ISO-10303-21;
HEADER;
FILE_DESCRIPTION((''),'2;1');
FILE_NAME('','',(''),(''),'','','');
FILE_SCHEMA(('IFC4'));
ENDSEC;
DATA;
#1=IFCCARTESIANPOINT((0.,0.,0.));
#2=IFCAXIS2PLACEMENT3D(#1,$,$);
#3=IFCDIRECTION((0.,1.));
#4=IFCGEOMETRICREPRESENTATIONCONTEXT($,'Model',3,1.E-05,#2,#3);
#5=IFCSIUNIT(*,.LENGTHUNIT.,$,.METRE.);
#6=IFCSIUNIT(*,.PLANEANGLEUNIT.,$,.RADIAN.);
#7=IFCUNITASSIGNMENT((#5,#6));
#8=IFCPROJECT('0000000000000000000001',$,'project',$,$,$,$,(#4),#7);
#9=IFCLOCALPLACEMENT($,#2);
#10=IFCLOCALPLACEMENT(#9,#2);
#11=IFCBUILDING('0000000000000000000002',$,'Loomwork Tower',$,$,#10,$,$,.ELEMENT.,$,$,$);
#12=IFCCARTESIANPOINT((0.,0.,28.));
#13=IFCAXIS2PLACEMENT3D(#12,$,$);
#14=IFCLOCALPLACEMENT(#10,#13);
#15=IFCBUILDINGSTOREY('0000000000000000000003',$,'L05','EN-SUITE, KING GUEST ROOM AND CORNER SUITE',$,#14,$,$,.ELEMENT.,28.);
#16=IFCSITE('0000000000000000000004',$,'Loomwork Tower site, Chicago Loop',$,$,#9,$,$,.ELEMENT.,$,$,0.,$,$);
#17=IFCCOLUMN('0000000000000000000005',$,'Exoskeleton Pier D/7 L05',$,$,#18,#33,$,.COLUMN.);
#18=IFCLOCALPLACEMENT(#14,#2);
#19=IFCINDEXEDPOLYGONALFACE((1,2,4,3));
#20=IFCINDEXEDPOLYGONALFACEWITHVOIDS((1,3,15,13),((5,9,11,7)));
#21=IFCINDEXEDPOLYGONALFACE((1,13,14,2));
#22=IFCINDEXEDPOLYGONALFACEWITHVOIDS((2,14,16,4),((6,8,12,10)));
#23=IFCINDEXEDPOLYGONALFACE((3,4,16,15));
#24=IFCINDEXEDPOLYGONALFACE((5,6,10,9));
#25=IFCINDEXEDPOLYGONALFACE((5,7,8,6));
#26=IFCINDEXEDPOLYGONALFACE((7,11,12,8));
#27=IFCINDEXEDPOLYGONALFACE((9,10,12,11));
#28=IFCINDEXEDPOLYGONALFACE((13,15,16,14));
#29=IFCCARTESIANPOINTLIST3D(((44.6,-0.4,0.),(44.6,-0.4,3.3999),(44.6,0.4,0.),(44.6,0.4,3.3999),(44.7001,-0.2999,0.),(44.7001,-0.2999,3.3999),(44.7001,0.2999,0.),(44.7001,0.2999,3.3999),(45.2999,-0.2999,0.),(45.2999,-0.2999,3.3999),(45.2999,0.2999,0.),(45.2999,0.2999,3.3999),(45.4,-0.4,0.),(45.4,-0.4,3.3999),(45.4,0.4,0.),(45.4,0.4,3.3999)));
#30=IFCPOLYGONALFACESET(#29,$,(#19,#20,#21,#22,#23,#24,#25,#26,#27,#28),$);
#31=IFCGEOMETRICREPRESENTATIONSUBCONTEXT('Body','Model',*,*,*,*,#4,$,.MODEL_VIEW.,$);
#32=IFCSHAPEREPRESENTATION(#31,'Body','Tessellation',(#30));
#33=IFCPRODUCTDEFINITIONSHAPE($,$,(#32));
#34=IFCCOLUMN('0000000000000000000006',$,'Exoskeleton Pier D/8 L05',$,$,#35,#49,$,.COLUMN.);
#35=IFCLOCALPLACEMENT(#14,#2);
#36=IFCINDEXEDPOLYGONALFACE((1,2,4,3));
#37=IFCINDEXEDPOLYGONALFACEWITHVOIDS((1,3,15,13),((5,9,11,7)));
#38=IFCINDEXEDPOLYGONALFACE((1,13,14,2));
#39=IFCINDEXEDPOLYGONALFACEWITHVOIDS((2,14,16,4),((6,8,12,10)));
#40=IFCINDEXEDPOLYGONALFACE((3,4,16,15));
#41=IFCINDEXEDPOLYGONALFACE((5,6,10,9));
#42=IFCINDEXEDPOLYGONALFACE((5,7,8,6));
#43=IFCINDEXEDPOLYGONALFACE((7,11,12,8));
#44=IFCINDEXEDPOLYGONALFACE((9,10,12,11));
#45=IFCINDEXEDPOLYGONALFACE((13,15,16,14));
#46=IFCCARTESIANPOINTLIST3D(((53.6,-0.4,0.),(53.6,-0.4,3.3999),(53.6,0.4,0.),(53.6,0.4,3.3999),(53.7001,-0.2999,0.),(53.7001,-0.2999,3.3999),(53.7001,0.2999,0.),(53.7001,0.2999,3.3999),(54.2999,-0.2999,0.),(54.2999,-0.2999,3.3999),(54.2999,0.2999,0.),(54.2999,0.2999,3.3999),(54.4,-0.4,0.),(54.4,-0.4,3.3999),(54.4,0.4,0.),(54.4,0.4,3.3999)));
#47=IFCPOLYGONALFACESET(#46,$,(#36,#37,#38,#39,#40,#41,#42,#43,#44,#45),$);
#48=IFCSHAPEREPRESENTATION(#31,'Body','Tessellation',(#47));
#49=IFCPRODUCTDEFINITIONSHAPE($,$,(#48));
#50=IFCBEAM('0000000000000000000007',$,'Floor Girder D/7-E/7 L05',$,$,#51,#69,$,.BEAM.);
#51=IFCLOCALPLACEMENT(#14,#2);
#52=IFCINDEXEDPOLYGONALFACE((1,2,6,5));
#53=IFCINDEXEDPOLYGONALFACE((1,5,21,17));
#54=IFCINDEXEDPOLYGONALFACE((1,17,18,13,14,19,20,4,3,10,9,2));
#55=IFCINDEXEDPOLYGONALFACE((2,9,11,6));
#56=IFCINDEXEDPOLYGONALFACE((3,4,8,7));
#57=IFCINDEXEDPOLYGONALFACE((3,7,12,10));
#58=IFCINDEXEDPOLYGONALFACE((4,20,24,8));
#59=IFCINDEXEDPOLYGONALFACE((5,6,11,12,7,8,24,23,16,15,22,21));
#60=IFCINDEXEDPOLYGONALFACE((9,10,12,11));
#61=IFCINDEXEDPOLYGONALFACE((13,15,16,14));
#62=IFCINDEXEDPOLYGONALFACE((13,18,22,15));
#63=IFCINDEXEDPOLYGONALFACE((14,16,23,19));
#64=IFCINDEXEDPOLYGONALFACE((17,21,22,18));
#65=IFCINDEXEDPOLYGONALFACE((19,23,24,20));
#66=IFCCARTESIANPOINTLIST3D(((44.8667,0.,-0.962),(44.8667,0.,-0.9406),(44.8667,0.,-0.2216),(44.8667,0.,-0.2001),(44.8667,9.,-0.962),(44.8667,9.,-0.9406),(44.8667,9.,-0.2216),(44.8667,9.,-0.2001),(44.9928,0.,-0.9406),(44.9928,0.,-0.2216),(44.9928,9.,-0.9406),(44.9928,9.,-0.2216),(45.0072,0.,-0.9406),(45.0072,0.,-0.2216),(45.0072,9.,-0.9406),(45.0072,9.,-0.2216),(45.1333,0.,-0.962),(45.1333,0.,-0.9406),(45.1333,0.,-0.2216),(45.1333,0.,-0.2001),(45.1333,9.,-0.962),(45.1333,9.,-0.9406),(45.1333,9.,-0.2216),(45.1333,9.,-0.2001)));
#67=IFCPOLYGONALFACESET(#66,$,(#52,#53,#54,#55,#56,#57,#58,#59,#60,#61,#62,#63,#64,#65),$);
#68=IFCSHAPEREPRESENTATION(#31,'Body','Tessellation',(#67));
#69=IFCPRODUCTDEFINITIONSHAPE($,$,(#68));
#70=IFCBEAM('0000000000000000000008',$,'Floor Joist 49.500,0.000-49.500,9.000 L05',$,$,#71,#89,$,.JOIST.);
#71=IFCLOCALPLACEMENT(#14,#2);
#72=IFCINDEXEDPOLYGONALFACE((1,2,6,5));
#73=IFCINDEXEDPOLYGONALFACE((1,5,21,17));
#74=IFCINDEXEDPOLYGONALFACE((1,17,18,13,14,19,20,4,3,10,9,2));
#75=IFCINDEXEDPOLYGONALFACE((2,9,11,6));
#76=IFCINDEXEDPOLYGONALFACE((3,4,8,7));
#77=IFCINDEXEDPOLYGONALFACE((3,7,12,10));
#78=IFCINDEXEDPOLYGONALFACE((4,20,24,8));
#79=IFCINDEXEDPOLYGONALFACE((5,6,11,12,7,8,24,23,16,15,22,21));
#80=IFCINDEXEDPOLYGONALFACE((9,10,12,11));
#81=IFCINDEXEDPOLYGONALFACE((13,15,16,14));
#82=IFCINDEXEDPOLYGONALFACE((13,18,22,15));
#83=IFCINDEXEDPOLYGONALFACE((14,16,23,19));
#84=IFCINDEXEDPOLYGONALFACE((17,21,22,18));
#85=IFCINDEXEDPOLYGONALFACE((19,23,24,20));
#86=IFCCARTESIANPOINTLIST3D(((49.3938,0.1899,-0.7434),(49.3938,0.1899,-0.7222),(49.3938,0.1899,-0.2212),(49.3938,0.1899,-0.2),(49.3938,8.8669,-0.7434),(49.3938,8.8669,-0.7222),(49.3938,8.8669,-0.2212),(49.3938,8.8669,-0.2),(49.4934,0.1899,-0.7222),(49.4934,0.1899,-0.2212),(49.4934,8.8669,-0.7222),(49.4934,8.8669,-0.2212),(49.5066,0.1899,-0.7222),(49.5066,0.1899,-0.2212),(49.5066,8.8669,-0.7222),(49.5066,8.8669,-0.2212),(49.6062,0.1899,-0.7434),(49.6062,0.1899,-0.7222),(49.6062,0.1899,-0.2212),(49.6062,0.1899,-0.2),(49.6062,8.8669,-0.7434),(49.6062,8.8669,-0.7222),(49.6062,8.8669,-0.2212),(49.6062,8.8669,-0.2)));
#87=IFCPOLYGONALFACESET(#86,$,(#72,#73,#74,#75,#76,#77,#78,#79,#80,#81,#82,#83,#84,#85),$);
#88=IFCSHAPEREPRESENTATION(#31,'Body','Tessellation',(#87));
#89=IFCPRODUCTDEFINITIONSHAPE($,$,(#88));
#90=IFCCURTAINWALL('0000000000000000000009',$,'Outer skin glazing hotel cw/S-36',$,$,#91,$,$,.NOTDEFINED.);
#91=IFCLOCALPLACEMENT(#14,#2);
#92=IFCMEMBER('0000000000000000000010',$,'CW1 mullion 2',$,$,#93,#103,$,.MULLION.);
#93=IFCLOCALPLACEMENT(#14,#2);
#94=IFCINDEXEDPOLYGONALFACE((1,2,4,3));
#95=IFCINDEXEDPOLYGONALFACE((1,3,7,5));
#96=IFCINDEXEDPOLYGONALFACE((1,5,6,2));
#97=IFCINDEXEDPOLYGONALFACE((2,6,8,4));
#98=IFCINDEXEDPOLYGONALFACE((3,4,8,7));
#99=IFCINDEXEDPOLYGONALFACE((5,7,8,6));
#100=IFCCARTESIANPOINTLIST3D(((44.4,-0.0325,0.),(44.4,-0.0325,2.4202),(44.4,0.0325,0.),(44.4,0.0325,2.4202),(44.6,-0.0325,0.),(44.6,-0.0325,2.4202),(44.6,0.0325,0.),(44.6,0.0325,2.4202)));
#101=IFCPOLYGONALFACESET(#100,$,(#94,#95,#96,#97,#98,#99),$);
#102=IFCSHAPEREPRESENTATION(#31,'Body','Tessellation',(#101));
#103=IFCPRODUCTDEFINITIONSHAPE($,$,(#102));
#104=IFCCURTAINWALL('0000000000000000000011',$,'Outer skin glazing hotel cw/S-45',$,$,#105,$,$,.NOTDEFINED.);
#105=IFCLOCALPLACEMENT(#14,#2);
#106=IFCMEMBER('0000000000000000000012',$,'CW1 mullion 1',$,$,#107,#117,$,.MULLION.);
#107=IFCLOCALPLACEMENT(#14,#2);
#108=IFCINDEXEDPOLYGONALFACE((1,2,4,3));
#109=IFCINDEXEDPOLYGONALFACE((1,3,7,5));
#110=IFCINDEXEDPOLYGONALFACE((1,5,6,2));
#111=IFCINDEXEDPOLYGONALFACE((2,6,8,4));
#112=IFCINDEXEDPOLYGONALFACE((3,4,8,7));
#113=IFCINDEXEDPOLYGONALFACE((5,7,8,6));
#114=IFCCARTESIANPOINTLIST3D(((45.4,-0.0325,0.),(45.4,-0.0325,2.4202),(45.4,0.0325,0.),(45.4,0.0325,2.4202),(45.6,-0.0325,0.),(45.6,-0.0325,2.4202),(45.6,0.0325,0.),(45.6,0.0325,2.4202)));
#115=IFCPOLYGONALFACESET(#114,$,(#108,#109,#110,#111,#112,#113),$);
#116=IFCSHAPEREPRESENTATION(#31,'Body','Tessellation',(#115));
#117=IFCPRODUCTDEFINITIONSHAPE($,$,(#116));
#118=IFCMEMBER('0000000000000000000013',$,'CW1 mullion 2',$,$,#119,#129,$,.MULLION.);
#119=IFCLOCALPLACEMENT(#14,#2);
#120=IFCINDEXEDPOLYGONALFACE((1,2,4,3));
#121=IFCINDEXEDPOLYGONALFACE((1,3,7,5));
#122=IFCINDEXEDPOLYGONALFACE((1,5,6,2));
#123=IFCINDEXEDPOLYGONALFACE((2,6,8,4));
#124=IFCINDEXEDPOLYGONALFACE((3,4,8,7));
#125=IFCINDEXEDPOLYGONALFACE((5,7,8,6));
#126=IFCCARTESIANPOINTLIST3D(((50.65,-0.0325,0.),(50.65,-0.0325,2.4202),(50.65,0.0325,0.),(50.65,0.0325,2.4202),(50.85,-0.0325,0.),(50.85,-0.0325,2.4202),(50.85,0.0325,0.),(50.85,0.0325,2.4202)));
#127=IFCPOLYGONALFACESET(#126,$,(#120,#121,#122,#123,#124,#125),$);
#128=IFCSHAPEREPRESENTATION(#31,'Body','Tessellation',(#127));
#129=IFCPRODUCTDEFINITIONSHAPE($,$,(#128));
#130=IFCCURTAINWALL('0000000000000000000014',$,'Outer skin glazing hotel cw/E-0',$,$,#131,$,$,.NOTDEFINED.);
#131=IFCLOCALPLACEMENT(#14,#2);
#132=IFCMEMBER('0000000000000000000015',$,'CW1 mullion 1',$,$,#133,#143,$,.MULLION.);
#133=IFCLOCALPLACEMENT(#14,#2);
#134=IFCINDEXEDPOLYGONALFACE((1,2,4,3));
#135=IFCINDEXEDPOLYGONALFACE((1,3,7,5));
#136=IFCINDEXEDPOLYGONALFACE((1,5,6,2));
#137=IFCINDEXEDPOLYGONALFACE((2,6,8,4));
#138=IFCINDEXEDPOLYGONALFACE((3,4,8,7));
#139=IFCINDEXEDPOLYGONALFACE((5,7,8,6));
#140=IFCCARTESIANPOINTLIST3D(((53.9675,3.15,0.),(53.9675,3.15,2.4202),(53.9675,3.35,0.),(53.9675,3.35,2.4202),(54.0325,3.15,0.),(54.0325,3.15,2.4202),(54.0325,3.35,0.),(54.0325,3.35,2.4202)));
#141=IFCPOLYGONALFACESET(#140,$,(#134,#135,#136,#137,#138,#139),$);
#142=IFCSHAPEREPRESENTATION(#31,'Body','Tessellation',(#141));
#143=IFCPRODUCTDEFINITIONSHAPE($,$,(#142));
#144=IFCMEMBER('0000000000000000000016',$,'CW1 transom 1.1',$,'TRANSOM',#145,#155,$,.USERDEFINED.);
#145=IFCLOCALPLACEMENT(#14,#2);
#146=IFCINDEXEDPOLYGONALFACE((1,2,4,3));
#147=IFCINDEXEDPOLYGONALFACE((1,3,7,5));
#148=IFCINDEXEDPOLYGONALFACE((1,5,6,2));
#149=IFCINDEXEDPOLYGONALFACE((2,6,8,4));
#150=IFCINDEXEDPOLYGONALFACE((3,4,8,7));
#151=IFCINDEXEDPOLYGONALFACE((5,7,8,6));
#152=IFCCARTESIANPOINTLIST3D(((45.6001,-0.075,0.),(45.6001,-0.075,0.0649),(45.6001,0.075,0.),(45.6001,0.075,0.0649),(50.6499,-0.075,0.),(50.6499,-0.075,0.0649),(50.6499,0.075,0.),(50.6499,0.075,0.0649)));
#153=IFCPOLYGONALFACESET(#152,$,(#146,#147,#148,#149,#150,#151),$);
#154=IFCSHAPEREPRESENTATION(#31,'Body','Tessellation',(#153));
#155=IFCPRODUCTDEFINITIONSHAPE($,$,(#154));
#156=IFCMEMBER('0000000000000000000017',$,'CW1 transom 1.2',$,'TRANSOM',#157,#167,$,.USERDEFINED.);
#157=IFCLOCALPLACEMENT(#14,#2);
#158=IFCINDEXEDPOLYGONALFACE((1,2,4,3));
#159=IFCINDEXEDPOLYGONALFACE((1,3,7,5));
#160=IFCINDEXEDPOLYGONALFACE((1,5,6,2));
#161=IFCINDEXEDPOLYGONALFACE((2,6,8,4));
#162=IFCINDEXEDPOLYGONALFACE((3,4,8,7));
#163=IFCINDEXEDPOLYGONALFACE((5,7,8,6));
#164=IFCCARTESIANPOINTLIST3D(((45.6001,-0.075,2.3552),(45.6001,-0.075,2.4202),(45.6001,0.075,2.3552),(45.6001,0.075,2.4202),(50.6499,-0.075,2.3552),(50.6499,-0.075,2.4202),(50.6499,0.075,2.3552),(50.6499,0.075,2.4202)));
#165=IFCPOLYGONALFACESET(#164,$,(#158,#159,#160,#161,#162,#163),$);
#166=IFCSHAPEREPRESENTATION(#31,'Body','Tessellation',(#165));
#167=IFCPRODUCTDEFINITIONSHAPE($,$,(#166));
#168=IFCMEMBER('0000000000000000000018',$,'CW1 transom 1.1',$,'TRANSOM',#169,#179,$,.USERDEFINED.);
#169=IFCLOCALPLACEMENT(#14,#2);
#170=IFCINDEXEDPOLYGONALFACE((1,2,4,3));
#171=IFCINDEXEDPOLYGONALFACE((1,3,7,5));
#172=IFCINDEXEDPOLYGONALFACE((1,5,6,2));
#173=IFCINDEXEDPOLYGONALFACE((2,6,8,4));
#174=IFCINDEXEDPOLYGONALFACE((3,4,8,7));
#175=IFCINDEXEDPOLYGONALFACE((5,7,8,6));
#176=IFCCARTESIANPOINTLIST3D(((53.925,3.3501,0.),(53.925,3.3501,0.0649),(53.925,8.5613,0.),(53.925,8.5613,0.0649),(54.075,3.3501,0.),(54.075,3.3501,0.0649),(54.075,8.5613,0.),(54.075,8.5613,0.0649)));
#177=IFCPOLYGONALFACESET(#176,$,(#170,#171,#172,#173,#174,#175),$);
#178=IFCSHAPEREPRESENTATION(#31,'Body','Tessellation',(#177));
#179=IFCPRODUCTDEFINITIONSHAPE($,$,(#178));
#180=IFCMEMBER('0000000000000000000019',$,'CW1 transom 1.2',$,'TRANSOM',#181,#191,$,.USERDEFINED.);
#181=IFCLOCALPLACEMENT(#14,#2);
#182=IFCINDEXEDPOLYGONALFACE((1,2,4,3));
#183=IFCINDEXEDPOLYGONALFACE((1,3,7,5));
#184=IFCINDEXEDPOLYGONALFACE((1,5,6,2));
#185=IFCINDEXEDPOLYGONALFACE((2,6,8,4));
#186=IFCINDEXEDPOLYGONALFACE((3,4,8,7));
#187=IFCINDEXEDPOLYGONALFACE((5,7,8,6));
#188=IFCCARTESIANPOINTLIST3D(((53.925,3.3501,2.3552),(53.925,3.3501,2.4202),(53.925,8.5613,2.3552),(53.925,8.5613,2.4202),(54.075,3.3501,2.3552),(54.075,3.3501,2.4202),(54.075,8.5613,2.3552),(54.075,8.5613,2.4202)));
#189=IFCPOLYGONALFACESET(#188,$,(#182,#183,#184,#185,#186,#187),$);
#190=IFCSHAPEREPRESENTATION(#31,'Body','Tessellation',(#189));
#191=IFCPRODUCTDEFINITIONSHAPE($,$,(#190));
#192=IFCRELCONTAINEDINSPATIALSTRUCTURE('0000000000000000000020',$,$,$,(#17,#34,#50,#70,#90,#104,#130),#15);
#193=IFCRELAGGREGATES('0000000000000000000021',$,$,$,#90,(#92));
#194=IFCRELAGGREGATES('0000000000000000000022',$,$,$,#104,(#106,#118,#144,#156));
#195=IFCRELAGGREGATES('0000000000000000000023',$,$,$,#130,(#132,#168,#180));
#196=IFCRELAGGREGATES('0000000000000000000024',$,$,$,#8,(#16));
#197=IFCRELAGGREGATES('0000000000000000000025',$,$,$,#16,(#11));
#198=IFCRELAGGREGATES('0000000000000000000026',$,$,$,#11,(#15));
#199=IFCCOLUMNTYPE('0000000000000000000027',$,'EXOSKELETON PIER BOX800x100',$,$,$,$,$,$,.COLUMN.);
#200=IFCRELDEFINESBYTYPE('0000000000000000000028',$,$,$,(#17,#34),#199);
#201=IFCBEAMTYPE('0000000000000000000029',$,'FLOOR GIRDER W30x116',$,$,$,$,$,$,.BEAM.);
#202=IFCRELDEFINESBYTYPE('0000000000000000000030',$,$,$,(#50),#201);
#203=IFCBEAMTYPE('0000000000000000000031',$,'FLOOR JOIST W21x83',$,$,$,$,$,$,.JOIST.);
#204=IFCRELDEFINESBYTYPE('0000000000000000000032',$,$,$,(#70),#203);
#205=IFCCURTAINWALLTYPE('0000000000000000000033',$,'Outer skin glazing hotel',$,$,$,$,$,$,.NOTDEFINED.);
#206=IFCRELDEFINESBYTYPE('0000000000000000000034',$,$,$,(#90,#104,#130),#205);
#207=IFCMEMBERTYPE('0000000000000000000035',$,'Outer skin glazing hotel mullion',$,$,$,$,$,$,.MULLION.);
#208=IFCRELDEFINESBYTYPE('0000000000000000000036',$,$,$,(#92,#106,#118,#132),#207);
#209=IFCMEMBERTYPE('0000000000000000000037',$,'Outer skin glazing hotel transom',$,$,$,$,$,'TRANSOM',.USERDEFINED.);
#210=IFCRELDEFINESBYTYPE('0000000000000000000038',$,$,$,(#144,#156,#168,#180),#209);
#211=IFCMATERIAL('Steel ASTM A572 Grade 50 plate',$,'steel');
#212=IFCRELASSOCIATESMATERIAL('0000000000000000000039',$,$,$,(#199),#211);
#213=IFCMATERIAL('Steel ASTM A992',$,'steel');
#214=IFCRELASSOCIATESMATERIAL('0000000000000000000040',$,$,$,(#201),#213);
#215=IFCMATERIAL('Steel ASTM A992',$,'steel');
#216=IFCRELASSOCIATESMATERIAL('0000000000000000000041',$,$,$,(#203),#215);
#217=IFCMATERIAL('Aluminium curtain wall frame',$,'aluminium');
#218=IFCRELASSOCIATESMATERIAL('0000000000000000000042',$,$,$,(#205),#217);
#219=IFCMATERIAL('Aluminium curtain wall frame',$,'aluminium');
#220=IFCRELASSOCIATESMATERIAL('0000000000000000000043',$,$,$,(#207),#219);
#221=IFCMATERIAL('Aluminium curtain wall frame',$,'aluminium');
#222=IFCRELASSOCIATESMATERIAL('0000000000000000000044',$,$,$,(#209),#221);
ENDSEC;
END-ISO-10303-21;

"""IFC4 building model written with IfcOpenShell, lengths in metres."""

from ifc_helpers import new_model, si_unit, direction, frame, origin, origin_2d, place, context, subcontext, project, spatial, rectangle, hollow_rectangle, i_section, extrude, material, material_profile, profile_set, type_object, element, aggregate, save


model = new_model("IFC4")

# Units and contexts
model_context = context("Model", 3, precision=1e-05, world=origin(), true_north=direction((0.0, 1.0)))
body_context = subcontext(model_context, "Body", "Model", "MODEL_VIEW")
ifc_project = project(units=[si_unit("LENGTHUNIT", "METRE"), si_unit("PLANEANGLEUNIT", "RADIAN")], contexts=[model_context])

# Site, building, storey
site_placement = place(None, origin())
site = spatial("IfcSite", under=ifc_project, at=site_placement, Name="Loomwork Tower site, Chicago Loop", CompositionType="ELEMENT", RefElevation=0.0)
building_placement = place(site_placement, origin())
building = spatial("IfcBuilding", under=site, at=building_placement, Name="Loomwork Tower", CompositionType="ELEMENT")
storey_placement = place(building_placement, frame((0.0, 0.0, 28.0)))
storey = spatial("IfcBuildingStorey", under=building, at=storey_placement, Name="L05", Description="EN-SUITE, KING GUEST ROOM AND CORNER SUITE", CompositionType="ELEMENT", Elevation=28.0)

# Columns
ifc_material_1 = material(Name="Steel ASTM A572 Grade 50 plate", Category="steel")
ifc_material_profile_1 = material_profile(ifc_material_1, hollow_rectangle(XDim=0.8, YDim=0.8, WallThickness=0.1001, at=origin_2d()), Name="BOX800x100")
ifc_profile_set_1 = profile_set([ifc_material_profile_1], Name="Steel ASTM A572 Grade 50 plate")
column_type = type_object("IfcColumnType", Name="EXOSKELETON PIER BOX800x100", PredefinedType="COLUMN", material=ifc_profile_set_1)
for number, where, z_axis, x_axis, name in (
    (1, (45.0, 0.0, 0.0), (0.0, 0.0, 1.0), (1.0, 0.0, 0.0), "Exoskeleton Pier D/7 L05"),
    (2, (54.0, 0.0, 0.0), (0.0, 0.0, 1.0), (1.0, 0.0, 0.0), "Exoskeleton Pier D/8 L05"),
):
    element("IfcColumn", number, at=place(storey_placement, frame(where, z_axis=z_axis, x_axis=x_axis)), inside=storey, type_object=column_type, Name=name, PredefinedType="COLUMN", context=body_context, shape_type="SweptSolid", body=[
        extrude(hollow_rectangle(XDim=0.8, YDim=0.8, WallThickness=0.1001, at=origin_2d()), origin(), (0.0, 0.0, 1.0), 3.3999),
    ])

# Beams
ifc_material_2 = material(Name="Steel ASTM A992", Category="steel")
ifc_material_profile_2 = material_profile(ifc_material_2, i_section(OverallWidth=0.2666, OverallDepth=0.762, WebThickness=0.0144, FlangeThickness=0.0215, at=origin_2d()), Name="W30x116")
ifc_profile_set_2 = profile_set([ifc_material_profile_2], Name="Steel ASTM A992")
beam_type_1 = type_object("IfcBeamType", Name="FLOOR GIRDER W30x116", PredefinedType="BEAM", material=ifc_profile_set_2)
beam_1_placement = place(storey_placement, frame((45.0, 0.0, -0.5811), z_axis=(0.0, 1.0, 0.0), x_axis=(-1.0, 0.0, 0.0)))
element("IfcBeam", 3, at=beam_1_placement, inside=storey, type_object=beam_type_1, Name="Floor Girder D/7-E/7 L05", PredefinedType="BEAM", context=body_context, shape_type="SweptSolid", body=[
    extrude(i_section(OverallWidth=0.2666, OverallDepth=0.762, WebThickness=0.0144, FlangeThickness=0.0215, at=origin_2d()), origin(), (0.0, 0.0, 1.0), 9.0),
])
ifc_material_3 = material(Name="Steel ASTM A992", Category="steel")
ifc_material_profile_3 = material_profile(ifc_material_3, i_section(OverallWidth=0.2124, OverallDepth=0.5435, WebThickness=0.0132, FlangeThickness=0.0212, at=origin_2d()), Name="W21x83")
ifc_profile_set_3 = profile_set([ifc_material_profile_3], Name="Steel ASTM A992")
beam_type_2 = type_object("IfcBeamType", Name="FLOOR JOIST W21x83", PredefinedType="JOIST", material=ifc_profile_set_3)
beam_2_placement = place(storey_placement, frame((49.5, 0.1899, -0.4717), z_axis=(0.0, 1.0, 0.0), x_axis=(-1.0, 0.0, 0.0)))
element("IfcBeam", 4, at=beam_2_placement, inside=storey, type_object=beam_type_2, Name="Floor Joist 49.500,0.000-49.500,9.000 L05", PredefinedType="JOIST", context=body_context, shape_type="SweptSolid", body=[
    extrude(i_section(OverallWidth=0.2124, OverallDepth=0.5435, WebThickness=0.0132, FlangeThickness=0.0212, at=origin_2d()), origin(), (0.0, 0.0, 1.0), 8.677),
])

# Curtain wall, member
ifc_material_4 = material(Name="Aluminium curtain wall frame", Category="aluminium")
curtain_wall_type = type_object("IfcCurtainWallType", Name="Outer skin glazing hotel", PredefinedType="NOTDEFINED", material=ifc_material_4)
curtain_wall_1_placement = place(storey_placement, origin())
curtain_wall_1 = element("IfcCurtainWall", 5, at=curtain_wall_1_placement, inside=storey, type_object=curtain_wall_type, Name="Outer skin glazing hotel cw/S-36", PredefinedType="NOTDEFINED")
ifc_material_5 = material(Name="Aluminium curtain wall frame", Category="aluminium")
ifc_material_profile_4 = material_profile(ifc_material_5, rectangle(XDim=0.0649, YDim=0.2, at=origin_2d()), Name="AL 65x200")
ifc_profile_set_4 = profile_set([ifc_material_profile_4], Name="Aluminium curtain wall frame")
member_type_1 = type_object("IfcMemberType", Name="Outer skin glazing hotel mullion", PredefinedType="MULLION", material=ifc_profile_set_4)
member_1_placement = place(storey_placement, frame((44.5, 0.0, 0.0), z_axis=(0.0, 0.0, 1.0), x_axis=(0.0, 1.0, 0.0)))
member_1 = element("IfcMember", 6, at=member_1_placement, type_object=member_type_1, Name="CW1 mullion 2", PredefinedType="MULLION", context=body_context, shape_type="SweptSolid", body=[
    extrude(rectangle(XDim=0.0649, YDim=0.2, at=origin_2d()), origin(), (0.0, 0.0, 1.0), 2.4202),
])
aggregate(curtain_wall_1, [member_1])

# Curtain wall, members
curtain_wall_2_placement = place(storey_placement, origin())
curtain_wall_2 = element("IfcCurtainWall", 7, at=curtain_wall_2_placement, inside=storey, type_object=curtain_wall_type, Name="Outer skin glazing hotel cw/S-45", PredefinedType="NOTDEFINED")
member_2_placement = place(storey_placement, frame((45.5, 0.0, 0.0), z_axis=(0.0, 0.0, 1.0), x_axis=(0.0, 1.0, 0.0)))
member_2 = element("IfcMember", 8, at=member_2_placement, type_object=member_type_1, Name="CW1 mullion 1", PredefinedType="MULLION", context=body_context, shape_type="SweptSolid", body=[
    extrude(rectangle(XDim=0.0649, YDim=0.2, at=origin_2d()), origin(), (0.0, 0.0, 1.0), 2.4202),
])
member_3_placement = place(storey_placement, frame((50.75, 0.0, 0.0), z_axis=(0.0, 0.0, 1.0), x_axis=(0.0, 1.0, 0.0)))
member_3 = element("IfcMember", 9, at=member_3_placement, type_object=member_type_1, Name="CW1 mullion 2", PredefinedType="MULLION", context=body_context, shape_type="SweptSolid", body=[
    extrude(rectangle(XDim=0.0649, YDim=0.2, at=origin_2d()), origin(), (0.0, 0.0, 1.0), 2.4202),
])

# Curtain wall, member
curtain_wall_3_placement = place(storey_placement, origin())
curtain_wall_3 = element("IfcCurtainWall", 10, at=curtain_wall_3_placement, inside=storey, type_object=curtain_wall_type, Name="Outer skin glazing hotel cw/E-0", PredefinedType="NOTDEFINED")
member_4_placement = place(storey_placement, frame((54.0, 3.25, 0.0), z_axis=(0.0, 0.0, 1.0), x_axis=(-1.0, 0.0, 0.0)))
member_4 = element("IfcMember", 11, at=member_4_placement, type_object=member_type_1, Name="CW1 mullion 1", PredefinedType="MULLION", context=body_context, shape_type="SweptSolid", body=[
    extrude(rectangle(XDim=0.0649, YDim=0.2, at=origin_2d()), origin(), (0.0, 0.0, 1.0), 2.4202),
])

# Members
ifc_material_6 = material(Name="Aluminium curtain wall frame", Category="aluminium")
ifc_material_profile_5 = material_profile(ifc_material_6, rectangle(XDim=0.1499, YDim=0.0649, at=origin_2d()), Name="AL 65x150")
ifc_profile_set_5 = profile_set([ifc_material_profile_5], Name="Aluminium curtain wall frame")
member_type_2 = type_object("IfcMemberType", Name="Outer skin glazing hotel transom", ElementType="TRANSOM", PredefinedType="USERDEFINED", material=ifc_profile_set_5)
member_5_placement = place(storey_placement, frame((45.6001, 0.0, 0.0325), z_axis=(1.0, 0.0, 0.0), x_axis=(0.0, 1.0, 0.0)))
member_5 = element("IfcMember", 12, at=member_5_placement, type_object=member_type_2, Name="CW1 transom 1.1", ObjectType="TRANSOM", PredefinedType="USERDEFINED", context=body_context, shape_type="SweptSolid", body=[
    extrude(rectangle(XDim=0.1499, YDim=0.0649, at=origin_2d()), origin(), (0.0, 0.0, 1.0), 5.0498),
])
member_6_placement = place(storey_placement, frame((45.6001, 0.0, 2.3877), z_axis=(1.0, 0.0, 0.0), x_axis=(0.0, 1.0, 0.0)))
member_6 = element("IfcMember", 13, at=member_6_placement, type_object=member_type_2, Name="CW1 transom 1.2", ObjectType="TRANSOM", PredefinedType="USERDEFINED", context=body_context, shape_type="SweptSolid", body=[
    extrude(rectangle(XDim=0.1499, YDim=0.0649, at=origin_2d()), origin(), (0.0, 0.0, 1.0), 5.0498),
])
member_7_placement = place(storey_placement, frame((54.0, 3.3501, 0.0325), z_axis=(0.0, 1.0, 0.0), x_axis=(-1.0, 0.0, 0.0)))
member_7 = element("IfcMember", 14, at=member_7_placement, type_object=member_type_2, Name="CW1 transom 1.1", ObjectType="TRANSOM", PredefinedType="USERDEFINED", context=body_context, shape_type="SweptSolid", body=[
    extrude(rectangle(XDim=0.1499, YDim=0.0649, at=origin_2d()), origin(), (0.0, 0.0, 1.0), 5.2112),
])
member_8_placement = place(storey_placement, frame((54.0, 3.3501, 2.3877), z_axis=(0.0, 1.0, 0.0), x_axis=(-1.0, 0.0, 0.0)))
member_8 = element("IfcMember", 15, at=member_8_placement, type_object=member_type_2, Name="CW1 transom 1.2", ObjectType="TRANSOM", PredefinedType="USERDEFINED", context=body_context, shape_type="SweptSolid", body=[
    extrude(rectangle(XDim=0.1499, YDim=0.0649, at=origin_2d()), origin(), (0.0, 0.0, 1.0), 5.2112),
])

aggregate(curtain_wall_2, [member_2, member_3, member_5, member_6])
aggregate(curtain_wall_3, [member_4, member_7, member_8])

save(model, "model.ifc")
